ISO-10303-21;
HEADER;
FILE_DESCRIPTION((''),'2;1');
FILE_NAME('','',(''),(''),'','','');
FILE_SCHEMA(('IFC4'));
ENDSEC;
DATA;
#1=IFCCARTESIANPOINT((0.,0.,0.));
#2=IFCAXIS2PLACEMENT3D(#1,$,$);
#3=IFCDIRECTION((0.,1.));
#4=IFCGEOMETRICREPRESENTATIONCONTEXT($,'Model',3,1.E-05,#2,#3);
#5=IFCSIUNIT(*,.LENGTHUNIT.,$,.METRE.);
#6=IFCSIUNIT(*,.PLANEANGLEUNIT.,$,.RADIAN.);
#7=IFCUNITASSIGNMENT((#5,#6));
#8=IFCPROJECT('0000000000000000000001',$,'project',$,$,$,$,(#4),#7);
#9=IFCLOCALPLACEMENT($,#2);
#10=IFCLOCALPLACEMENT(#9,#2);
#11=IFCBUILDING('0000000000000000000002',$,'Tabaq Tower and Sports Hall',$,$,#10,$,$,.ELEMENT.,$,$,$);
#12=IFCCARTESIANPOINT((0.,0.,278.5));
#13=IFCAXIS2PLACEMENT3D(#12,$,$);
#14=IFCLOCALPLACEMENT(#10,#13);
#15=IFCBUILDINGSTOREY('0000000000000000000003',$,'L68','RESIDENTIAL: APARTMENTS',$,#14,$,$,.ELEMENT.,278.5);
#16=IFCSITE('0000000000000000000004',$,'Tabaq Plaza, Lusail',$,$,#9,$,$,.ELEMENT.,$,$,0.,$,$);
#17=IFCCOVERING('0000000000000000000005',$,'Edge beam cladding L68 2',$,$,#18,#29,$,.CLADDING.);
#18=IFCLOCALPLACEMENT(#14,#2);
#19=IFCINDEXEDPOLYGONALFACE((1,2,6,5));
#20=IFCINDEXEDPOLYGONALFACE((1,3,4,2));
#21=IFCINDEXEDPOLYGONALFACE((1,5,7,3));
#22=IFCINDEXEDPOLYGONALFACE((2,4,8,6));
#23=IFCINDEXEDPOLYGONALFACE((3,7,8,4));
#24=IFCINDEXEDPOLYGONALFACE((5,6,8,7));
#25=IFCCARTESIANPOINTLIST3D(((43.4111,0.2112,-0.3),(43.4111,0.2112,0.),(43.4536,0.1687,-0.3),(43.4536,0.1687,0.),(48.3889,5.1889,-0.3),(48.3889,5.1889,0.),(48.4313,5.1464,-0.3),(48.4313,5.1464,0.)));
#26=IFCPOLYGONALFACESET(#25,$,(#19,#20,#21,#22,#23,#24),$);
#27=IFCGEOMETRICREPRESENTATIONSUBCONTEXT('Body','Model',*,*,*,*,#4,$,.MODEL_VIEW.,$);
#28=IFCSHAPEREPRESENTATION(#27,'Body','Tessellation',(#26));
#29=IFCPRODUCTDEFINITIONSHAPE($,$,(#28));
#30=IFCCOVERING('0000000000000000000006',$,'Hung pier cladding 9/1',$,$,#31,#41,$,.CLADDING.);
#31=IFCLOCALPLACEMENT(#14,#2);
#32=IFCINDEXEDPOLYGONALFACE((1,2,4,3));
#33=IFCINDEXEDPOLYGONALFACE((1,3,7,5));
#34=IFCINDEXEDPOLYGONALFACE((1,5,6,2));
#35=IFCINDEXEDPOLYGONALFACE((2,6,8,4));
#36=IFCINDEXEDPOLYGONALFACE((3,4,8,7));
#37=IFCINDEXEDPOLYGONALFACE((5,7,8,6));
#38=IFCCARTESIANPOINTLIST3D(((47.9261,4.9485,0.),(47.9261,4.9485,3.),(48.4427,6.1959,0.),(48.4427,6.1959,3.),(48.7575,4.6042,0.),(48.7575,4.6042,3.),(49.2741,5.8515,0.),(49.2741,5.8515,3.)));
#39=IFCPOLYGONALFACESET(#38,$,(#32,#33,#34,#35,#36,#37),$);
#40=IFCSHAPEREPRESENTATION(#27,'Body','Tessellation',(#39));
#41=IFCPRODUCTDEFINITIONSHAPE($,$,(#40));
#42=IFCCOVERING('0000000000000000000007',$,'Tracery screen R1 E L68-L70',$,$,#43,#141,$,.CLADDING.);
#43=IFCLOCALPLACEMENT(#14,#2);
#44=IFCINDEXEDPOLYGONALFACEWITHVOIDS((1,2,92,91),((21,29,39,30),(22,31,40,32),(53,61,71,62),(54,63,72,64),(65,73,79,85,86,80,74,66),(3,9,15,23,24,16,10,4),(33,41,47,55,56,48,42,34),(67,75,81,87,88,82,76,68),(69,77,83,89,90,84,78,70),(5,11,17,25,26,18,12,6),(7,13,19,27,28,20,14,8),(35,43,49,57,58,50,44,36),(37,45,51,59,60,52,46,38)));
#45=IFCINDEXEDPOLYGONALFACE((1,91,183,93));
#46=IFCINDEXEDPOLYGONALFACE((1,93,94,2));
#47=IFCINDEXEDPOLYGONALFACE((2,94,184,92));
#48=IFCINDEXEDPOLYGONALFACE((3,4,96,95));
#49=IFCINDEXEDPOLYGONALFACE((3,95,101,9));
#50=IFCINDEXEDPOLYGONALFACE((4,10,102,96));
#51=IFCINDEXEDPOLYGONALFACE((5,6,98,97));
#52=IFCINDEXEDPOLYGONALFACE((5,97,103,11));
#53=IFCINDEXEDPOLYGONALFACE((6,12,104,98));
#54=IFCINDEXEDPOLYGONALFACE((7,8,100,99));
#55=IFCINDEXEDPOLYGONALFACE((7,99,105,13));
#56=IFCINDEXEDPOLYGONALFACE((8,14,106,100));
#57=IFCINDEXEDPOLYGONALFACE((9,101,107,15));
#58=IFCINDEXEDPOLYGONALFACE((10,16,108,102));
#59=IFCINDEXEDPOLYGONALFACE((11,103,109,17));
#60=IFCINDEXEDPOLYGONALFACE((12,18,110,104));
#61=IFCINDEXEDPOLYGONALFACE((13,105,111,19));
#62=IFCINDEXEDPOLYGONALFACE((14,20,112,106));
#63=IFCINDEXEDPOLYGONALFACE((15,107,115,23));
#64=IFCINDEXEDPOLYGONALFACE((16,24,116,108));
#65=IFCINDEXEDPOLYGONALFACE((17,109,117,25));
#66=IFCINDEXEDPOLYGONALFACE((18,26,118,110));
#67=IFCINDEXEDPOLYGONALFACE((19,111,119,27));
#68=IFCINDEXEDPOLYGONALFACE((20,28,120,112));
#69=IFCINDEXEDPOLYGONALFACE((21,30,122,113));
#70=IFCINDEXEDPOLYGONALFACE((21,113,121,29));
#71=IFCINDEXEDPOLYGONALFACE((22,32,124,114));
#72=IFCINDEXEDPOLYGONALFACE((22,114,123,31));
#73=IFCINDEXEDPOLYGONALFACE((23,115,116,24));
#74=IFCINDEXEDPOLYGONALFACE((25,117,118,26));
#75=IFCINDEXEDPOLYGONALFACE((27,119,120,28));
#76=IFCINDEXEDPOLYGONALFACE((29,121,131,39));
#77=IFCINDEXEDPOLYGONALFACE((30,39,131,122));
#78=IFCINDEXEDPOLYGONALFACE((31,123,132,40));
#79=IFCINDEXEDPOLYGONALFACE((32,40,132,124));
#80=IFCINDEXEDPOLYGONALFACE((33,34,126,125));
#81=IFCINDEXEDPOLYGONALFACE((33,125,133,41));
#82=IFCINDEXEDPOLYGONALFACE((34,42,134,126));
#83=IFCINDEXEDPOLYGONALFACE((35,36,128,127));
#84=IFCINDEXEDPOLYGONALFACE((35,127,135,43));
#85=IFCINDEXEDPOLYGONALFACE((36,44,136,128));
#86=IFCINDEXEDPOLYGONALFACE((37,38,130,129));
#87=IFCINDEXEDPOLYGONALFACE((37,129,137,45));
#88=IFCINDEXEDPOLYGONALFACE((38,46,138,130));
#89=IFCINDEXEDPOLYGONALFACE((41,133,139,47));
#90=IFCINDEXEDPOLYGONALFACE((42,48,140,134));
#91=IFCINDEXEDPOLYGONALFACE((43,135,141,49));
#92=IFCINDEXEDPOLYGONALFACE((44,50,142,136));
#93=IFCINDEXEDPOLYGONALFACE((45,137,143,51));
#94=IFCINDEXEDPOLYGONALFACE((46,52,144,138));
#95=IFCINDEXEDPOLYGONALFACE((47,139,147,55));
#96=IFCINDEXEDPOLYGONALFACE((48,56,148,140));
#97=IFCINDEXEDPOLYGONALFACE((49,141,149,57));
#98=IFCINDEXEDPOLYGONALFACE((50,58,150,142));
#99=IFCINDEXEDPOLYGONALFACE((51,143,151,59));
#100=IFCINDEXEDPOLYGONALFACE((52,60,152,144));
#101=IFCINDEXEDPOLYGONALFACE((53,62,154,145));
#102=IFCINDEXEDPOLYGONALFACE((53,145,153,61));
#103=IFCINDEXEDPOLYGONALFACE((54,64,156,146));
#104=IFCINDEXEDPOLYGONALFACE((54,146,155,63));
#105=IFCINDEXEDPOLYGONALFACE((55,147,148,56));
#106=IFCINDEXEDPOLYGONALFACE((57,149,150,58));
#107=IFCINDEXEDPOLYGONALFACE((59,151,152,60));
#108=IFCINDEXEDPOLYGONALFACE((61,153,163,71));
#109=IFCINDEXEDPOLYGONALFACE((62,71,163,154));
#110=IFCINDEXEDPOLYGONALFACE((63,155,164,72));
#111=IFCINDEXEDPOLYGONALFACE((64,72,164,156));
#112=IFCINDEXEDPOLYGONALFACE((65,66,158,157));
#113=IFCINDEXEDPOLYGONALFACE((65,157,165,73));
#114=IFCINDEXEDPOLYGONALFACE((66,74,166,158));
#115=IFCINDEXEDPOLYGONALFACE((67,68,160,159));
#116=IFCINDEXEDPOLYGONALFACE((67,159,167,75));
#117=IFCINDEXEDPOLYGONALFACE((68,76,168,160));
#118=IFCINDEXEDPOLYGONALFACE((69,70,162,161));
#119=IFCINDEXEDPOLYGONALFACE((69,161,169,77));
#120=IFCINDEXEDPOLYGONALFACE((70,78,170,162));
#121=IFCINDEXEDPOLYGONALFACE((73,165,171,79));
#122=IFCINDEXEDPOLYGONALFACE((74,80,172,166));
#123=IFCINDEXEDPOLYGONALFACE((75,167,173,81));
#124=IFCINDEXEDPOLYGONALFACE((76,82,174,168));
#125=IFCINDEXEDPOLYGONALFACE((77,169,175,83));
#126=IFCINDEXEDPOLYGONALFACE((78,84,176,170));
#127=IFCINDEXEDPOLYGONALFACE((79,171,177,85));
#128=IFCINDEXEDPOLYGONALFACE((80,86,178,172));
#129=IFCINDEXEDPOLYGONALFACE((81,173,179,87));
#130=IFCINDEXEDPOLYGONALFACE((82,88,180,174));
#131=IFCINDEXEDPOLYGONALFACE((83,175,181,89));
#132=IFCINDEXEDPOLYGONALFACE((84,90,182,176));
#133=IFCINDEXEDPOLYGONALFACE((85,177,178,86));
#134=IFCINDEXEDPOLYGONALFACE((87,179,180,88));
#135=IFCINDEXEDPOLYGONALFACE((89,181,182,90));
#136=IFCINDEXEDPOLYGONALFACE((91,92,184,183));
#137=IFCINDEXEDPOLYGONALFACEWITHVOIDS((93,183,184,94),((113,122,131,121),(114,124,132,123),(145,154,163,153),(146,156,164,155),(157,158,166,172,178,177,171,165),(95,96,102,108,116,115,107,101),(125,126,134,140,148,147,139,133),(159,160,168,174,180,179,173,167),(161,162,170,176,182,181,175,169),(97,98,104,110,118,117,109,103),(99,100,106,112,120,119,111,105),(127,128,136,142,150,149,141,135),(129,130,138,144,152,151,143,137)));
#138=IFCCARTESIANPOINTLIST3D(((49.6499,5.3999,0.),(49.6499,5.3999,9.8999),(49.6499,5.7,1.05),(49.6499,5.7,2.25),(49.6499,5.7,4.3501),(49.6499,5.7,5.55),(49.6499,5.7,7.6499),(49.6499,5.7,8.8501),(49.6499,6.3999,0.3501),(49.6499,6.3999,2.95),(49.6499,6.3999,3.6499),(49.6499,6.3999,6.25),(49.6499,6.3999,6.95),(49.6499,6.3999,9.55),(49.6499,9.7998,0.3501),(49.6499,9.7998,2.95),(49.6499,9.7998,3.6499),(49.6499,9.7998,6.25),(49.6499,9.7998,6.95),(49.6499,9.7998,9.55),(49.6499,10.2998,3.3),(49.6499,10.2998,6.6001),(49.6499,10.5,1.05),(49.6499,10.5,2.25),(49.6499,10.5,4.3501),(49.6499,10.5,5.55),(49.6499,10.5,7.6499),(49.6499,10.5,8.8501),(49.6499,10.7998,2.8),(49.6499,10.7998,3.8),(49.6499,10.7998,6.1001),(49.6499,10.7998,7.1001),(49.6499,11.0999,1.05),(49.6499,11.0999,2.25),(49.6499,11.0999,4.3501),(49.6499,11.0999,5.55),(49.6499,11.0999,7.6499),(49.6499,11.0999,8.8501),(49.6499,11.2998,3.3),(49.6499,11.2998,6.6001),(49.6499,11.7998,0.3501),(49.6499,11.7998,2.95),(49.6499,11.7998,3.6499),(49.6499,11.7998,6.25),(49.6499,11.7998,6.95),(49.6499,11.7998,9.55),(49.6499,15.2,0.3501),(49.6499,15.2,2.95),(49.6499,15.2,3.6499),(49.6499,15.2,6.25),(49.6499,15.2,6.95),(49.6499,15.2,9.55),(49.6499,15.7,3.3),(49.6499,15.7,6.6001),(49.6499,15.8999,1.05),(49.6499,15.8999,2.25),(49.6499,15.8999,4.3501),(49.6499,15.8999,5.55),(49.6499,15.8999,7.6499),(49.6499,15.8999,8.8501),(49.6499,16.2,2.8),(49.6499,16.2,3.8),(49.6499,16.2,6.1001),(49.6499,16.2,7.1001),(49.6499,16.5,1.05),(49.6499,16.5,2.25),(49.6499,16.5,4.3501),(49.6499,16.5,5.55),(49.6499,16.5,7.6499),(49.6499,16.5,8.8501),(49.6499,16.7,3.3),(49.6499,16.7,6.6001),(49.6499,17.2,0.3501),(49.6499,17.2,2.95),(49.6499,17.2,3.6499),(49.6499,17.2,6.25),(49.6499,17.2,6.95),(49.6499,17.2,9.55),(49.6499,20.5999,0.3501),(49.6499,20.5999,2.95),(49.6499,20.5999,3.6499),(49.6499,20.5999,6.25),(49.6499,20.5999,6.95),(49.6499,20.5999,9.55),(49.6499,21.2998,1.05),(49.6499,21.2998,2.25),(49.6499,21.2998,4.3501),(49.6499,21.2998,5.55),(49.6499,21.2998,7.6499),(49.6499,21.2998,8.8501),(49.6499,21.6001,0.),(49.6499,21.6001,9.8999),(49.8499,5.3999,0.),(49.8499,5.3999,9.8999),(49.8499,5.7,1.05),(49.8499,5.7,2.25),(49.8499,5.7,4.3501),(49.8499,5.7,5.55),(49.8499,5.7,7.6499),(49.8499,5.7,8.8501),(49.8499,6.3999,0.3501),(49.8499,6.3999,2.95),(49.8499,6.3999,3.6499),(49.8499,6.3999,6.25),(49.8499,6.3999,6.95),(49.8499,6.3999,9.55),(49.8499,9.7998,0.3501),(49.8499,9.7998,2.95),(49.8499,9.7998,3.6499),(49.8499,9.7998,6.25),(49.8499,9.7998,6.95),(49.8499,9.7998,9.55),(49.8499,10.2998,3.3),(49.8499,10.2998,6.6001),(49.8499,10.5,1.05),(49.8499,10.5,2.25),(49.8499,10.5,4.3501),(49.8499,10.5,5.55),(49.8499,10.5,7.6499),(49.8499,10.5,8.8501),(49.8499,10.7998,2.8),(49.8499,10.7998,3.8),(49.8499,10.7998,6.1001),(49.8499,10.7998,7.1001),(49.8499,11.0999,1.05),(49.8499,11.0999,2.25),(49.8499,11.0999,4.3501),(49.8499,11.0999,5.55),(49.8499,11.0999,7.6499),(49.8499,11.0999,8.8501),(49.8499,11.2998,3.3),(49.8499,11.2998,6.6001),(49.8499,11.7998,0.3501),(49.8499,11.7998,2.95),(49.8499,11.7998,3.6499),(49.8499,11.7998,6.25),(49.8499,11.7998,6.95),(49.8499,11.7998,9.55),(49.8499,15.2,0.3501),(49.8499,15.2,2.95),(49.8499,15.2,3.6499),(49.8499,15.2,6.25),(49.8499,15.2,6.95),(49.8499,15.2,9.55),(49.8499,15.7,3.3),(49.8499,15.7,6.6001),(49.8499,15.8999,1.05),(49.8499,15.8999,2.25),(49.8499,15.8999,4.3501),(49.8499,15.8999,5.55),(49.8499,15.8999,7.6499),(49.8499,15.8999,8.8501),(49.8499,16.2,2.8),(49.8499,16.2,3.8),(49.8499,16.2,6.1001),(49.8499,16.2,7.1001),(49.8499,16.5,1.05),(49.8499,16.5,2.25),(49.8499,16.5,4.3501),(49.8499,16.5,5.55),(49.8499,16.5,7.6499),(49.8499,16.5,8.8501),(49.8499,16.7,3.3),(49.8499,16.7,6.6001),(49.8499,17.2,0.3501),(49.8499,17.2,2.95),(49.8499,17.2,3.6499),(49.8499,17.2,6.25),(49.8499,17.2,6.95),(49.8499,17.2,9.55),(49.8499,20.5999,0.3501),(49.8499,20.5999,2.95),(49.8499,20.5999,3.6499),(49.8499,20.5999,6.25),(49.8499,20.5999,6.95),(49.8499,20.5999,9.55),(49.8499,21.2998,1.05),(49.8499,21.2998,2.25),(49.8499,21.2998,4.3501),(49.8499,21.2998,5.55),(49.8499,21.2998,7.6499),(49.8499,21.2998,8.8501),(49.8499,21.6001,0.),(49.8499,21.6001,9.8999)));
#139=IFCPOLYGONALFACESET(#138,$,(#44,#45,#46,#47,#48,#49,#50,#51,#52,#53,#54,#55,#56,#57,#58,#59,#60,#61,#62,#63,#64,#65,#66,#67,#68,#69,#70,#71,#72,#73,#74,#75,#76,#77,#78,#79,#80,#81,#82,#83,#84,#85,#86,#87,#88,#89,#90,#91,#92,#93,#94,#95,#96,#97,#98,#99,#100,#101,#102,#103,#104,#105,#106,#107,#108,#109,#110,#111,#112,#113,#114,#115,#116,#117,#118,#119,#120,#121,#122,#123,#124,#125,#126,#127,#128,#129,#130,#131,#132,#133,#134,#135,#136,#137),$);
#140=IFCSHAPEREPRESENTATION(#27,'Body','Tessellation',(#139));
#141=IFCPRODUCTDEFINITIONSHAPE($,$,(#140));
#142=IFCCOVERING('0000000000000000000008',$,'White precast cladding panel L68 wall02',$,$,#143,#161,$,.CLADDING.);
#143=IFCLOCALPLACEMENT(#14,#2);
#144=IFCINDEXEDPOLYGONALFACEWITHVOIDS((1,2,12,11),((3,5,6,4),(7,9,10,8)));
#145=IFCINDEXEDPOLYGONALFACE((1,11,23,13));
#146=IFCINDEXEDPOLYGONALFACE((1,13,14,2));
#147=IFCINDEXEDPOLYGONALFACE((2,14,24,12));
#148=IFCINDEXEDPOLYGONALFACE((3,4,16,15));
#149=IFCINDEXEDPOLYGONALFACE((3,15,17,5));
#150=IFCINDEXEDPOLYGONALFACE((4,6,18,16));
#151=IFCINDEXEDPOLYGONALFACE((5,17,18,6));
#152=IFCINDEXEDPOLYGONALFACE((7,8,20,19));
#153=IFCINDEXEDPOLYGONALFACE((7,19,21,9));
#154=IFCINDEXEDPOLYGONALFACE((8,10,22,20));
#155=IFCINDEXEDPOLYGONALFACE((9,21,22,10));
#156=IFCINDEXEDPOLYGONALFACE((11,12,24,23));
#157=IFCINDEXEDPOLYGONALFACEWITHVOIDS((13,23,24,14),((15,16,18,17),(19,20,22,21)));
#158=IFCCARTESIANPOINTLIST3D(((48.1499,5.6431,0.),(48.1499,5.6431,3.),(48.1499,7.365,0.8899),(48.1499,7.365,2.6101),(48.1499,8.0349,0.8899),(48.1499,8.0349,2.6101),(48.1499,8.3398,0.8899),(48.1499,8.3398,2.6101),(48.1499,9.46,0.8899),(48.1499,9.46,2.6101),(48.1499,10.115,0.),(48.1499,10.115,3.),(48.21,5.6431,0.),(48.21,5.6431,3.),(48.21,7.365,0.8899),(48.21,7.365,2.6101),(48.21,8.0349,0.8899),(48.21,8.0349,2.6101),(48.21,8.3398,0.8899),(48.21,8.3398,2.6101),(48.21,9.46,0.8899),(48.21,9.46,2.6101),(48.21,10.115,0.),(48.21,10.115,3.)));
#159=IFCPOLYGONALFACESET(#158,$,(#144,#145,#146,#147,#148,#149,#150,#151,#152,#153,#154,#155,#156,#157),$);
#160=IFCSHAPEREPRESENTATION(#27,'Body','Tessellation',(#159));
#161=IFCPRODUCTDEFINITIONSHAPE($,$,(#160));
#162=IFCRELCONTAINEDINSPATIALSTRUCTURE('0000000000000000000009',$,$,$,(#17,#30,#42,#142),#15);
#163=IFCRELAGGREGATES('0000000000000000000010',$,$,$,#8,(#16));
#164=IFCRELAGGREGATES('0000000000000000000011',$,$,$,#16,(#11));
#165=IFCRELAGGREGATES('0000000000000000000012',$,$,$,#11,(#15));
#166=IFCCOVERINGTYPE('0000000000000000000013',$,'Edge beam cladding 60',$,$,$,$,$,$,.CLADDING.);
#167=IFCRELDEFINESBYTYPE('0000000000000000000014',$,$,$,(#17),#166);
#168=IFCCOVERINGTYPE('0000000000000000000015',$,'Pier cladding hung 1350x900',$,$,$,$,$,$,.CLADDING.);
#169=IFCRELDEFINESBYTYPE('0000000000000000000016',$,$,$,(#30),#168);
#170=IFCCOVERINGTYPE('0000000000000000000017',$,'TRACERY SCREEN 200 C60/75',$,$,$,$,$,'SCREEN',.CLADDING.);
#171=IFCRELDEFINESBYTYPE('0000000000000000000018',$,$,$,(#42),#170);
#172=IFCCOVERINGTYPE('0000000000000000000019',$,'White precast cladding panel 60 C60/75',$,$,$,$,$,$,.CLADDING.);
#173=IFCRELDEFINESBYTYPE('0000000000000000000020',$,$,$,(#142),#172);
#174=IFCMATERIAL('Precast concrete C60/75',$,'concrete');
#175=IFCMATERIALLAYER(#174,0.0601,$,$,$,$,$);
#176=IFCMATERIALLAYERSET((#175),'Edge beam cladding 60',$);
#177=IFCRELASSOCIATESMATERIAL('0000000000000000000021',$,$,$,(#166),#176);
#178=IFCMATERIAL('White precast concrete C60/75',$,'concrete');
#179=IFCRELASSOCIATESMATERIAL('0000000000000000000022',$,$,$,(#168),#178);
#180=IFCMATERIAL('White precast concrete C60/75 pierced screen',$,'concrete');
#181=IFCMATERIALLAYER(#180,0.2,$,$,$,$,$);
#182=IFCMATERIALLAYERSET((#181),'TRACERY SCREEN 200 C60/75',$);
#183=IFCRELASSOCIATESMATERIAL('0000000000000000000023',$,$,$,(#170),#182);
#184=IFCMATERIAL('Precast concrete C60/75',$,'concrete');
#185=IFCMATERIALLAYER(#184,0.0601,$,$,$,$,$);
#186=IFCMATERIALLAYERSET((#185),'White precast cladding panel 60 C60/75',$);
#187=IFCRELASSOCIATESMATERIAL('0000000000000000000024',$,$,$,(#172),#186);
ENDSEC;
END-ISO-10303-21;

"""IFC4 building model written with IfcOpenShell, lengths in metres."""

from ifc_helpers import new_model, si_unit, direction, frame, frame_2d, origin, place, context, subcontext, project, spatial, polyline, rectangle, outline, extrude, material, layer, layer_set, type_object, element, save


model = new_model("IFC4")

# Units and contexts
model_context = context("Model", 3, precision=1e-05, world=origin(), true_north=direction((0.0, 1.0)))
body_context = subcontext(model_context, "Body", "Model", "MODEL_VIEW")
ifc_project = project(units=[si_unit("LENGTHUNIT", "METRE"), si_unit("PLANEANGLEUNIT", "RADIAN")], contexts=[model_context])

# Site, building, storey
site_placement = place(None, origin())
site = spatial("IfcSite", under=ifc_project, at=site_placement, Name="Tabaq Plaza, Lusail", CompositionType="ELEMENT", RefElevation=0.0)
building_placement = place(site_placement, origin())
building = spatial("IfcBuilding", under=site, at=building_placement, Name="Tabaq Tower and Sports Hall", CompositionType="ELEMENT")
storey_placement = place(building_placement, frame((0.0, 0.0, 278.5)))
storey = spatial("IfcBuildingStorey", under=building, at=storey_placement, Name="L68", Description="RESIDENTIAL: APARTMENTS", CompositionType="ELEMENT", Elevation=278.5)

# Coverings
ifc_material_1 = material(Name="Precast concrete C60/75", Category="concrete")
ifc_layer_1 = layer(ifc_material_1, 0.0601)
ifc_layer_set_1 = layer_set([ifc_layer_1], Name="Edge beam cladding 60")
covering_type_1 = type_object("IfcCoveringType", Name="Edge beam cladding 60", PredefinedType="CLADDING", material=ifc_layer_set_1)
covering_1_placement = place(storey_placement, frame((43.4324, 0.1899, -0.3), z_axis=(0.0, 0.0, 1.0), x_axis=(0.707107, 0.707107, 0.0)))
element("IfcCovering", 1, at=covering_1_placement, inside=storey, type_object=covering_type_1, Name="Edge beam cladding L68 2", PredefinedType="CLADDING", context=body_context, shape_type="SweptSolid", body=[
    extrude(rectangle(XDim=7.0396, YDim=0.0601, at=frame_2d((3.5198, 0.0))), origin(), (0.0, 0.0, 1.0), 0.3),
])
ifc_material_2 = material(Name="White precast concrete C60/75", Category="concrete")
covering_type_2 = type_object("IfcCoveringType", Name="Pier cladding hung 1350x900", PredefinedType="CLADDING", material=ifc_material_2)
covering_2_placement = place(storey_placement, frame((48.3418, 4.7764, 0.0), z_axis=(0.0, 0.0, 1.0), x_axis=(0.38265, 0.923893, 0.0)))
element("IfcCovering", 2, at=covering_2_placement, inside=storey, type_object=covering_type_2, Name="Hung pier cladding 9/1", PredefinedType="CLADDING", context=body_context, shape_type="SweptSolid", body=[
    extrude(rectangle(XDim=1.3501, YDim=0.8999, at=frame_2d((0.675, 0.0))), origin(), (0.0, 0.0, 1.0), 3.0),
])
ifc_material_3 = material(Name="White precast concrete C60/75 pierced screen", Category="concrete")
ifc_layer_2 = layer(ifc_material_3, 0.2)
ifc_layer_set_2 = layer_set([ifc_layer_2], Name="TRACERY SCREEN 200 C60/75")
covering_type_3 = type_object("IfcCoveringType", Name="TRACERY SCREEN 200 C60/75", ElementType="SCREEN", PredefinedType="CLADDING", material=ifc_layer_set_2)
covering_3_placement = place(storey_placement, frame((49.75, 5.3999, 0.0), z_axis=(0.0, 0.0, 1.0), x_axis=(0.0, 1.0, 0.0)))
element("IfcCovering", 3, at=covering_3_placement, inside=storey, type_object=covering_type_3, Name="Tracery screen R1 E L68-L70", PredefinedType="CLADDING", context=body_context, shape_type="SweptSolid", body=[
    extrude(outline(polyline([(0.0, 0.0), (16.2002, 0.0), (16.2002, 9.8999), (0.0, 9.8999), (0.0, 0.0)]), holes=[polyline([(1.0, 0.3501), (4.3999, 0.3501), (5.1001, 1.05), (5.1001, 2.25), (4.3999, 2.95), (1.0, 2.95), (0.3, 2.25), (0.3, 1.05), (1.0, 0.3501)]), polyline([(6.3999, 0.3501), (9.8, 0.3501), (10.5, 1.05), (10.5, 2.25), (9.8, 2.95), (6.3999, 2.95), (5.7, 2.25), (5.7, 1.05), (6.3999, 0.3501)]), polyline([(11.8, 0.3501), (15.2, 0.3501), (15.8999, 1.05), (15.8999, 2.25), (15.2, 2.95), (11.8, 2.95), (11.1001, 2.25), (11.1001, 1.05), (11.8, 0.3501)]), polyline([(1.0, 3.6499), (4.3999, 3.6499), (5.1001, 4.3501), (5.1001, 5.55), (4.3999, 6.25), (1.0, 6.25), (0.3, 5.55), (0.3, 4.3501), (1.0, 3.6499)]), polyline([(6.3999, 3.6499), (9.8, 3.6499), (10.5, 4.3501), (10.5, 5.55), (9.8, 6.25), (6.3999, 6.25), (5.7, 5.55), (5.7, 4.3501), (6.3999, 3.6499)]), polyline([(11.8, 3.6499), (15.2, 3.6499), (15.8999, 4.3501), (15.8999, 5.55), (15.2, 6.25), (11.8, 6.25), (11.1001, 5.55), (11.1001, 4.3501), (11.8, 3.6499)]), polyline([(1.0, 6.95), (4.3999, 6.95), (5.1001, 7.6499), (5.1001, 8.8501), (4.3999, 9.55), (1.0, 9.55), (0.3, 8.8501), (0.3, 7.6499), (1.0, 6.95)]), polyline([(6.3999, 6.95), (9.8, 6.95), (10.5, 7.6499), (10.5, 8.8501), (9.8, 9.55), (6.3999, 9.55), (5.7, 8.8501), (5.7, 7.6499), (6.3999, 6.95)]), polyline([(11.8, 6.95), (15.2, 6.95), (15.8999, 7.6499), (15.8999, 8.8501), (15.2, 9.55), (11.8, 9.55), (11.1001, 8.8501), (11.1001, 7.6499), (11.8, 6.95)]), polyline([(5.8999, 3.3), (5.3999, 3.8), (4.8999, 3.3), (5.3999, 2.8), (5.8999, 3.3)]), polyline([(11.3, 3.3), (10.8, 3.8), (10.3, 3.3), (10.8, 2.8), (11.3, 3.3)]), polyline([(5.8999, 6.6001), (5.3999, 7.1001), (4.8999, 6.6001), (5.3999, 6.1001), (5.8999, 6.6001)]), polyline([(11.3, 6.6001), (10.8, 7.1001), (10.3, 6.6001), (10.8, 6.1001), (11.3, 6.6001)])]), frame((0.0, 0.1001, 0.0), z_axis=(0.0, -1.0, 0.0), x_axis=(1.0, 0.0, 0.0)), (0.0, 0.0, 1.0), 0.2),
])
ifc_material_4 = material(Name="Precast concrete C60/75", Category="concrete")
ifc_layer_3 = layer(ifc_material_4, 0.0601)
ifc_layer_set_3 = layer_set([ifc_layer_3], Name="White precast cladding panel 60 C60/75")
covering_type_4 = type_object("IfcCoveringType", Name="White precast cladding panel 60 C60/75", PredefinedType="CLADDING", material=ifc_layer_set_3)
covering_4_placement = place(storey_placement, frame((48.1799, 5.6431, 0.0), z_axis=(0.0, 0.0, 1.0), x_axis=(0.0, 1.0, 0.0)))
element("IfcCovering", 4, at=covering_4_placement, inside=storey, type_object=covering_type_4, Name="White precast cladding panel L68 wall02", PredefinedType="CLADDING", context=body_context, shape_type="SweptSolid", body=[
    extrude(outline(polyline([(0.0, 0.0), (4.4719, 0.0), (4.4719, 3.0), (0.0, 3.0), (0.0, 0.0)]), holes=[polyline([(1.7219, 2.6101), (2.3918, 2.6101), (2.3918, 0.8899), (1.7219, 0.8899), (1.7219, 2.6101)]), polyline([(2.6968, 2.6101), (3.8169, 2.6101), (3.8169, 0.8899), (2.6968, 0.8899), (2.6968, 2.6101)])]), frame((0.0, 0.03, 0.0), z_axis=(0.0, -1.0, 0.0), x_axis=(1.0, 0.0, 0.0)), (0.0, 0.0, 1.0), 0.0601),
])

save(model, "model.ifc")
